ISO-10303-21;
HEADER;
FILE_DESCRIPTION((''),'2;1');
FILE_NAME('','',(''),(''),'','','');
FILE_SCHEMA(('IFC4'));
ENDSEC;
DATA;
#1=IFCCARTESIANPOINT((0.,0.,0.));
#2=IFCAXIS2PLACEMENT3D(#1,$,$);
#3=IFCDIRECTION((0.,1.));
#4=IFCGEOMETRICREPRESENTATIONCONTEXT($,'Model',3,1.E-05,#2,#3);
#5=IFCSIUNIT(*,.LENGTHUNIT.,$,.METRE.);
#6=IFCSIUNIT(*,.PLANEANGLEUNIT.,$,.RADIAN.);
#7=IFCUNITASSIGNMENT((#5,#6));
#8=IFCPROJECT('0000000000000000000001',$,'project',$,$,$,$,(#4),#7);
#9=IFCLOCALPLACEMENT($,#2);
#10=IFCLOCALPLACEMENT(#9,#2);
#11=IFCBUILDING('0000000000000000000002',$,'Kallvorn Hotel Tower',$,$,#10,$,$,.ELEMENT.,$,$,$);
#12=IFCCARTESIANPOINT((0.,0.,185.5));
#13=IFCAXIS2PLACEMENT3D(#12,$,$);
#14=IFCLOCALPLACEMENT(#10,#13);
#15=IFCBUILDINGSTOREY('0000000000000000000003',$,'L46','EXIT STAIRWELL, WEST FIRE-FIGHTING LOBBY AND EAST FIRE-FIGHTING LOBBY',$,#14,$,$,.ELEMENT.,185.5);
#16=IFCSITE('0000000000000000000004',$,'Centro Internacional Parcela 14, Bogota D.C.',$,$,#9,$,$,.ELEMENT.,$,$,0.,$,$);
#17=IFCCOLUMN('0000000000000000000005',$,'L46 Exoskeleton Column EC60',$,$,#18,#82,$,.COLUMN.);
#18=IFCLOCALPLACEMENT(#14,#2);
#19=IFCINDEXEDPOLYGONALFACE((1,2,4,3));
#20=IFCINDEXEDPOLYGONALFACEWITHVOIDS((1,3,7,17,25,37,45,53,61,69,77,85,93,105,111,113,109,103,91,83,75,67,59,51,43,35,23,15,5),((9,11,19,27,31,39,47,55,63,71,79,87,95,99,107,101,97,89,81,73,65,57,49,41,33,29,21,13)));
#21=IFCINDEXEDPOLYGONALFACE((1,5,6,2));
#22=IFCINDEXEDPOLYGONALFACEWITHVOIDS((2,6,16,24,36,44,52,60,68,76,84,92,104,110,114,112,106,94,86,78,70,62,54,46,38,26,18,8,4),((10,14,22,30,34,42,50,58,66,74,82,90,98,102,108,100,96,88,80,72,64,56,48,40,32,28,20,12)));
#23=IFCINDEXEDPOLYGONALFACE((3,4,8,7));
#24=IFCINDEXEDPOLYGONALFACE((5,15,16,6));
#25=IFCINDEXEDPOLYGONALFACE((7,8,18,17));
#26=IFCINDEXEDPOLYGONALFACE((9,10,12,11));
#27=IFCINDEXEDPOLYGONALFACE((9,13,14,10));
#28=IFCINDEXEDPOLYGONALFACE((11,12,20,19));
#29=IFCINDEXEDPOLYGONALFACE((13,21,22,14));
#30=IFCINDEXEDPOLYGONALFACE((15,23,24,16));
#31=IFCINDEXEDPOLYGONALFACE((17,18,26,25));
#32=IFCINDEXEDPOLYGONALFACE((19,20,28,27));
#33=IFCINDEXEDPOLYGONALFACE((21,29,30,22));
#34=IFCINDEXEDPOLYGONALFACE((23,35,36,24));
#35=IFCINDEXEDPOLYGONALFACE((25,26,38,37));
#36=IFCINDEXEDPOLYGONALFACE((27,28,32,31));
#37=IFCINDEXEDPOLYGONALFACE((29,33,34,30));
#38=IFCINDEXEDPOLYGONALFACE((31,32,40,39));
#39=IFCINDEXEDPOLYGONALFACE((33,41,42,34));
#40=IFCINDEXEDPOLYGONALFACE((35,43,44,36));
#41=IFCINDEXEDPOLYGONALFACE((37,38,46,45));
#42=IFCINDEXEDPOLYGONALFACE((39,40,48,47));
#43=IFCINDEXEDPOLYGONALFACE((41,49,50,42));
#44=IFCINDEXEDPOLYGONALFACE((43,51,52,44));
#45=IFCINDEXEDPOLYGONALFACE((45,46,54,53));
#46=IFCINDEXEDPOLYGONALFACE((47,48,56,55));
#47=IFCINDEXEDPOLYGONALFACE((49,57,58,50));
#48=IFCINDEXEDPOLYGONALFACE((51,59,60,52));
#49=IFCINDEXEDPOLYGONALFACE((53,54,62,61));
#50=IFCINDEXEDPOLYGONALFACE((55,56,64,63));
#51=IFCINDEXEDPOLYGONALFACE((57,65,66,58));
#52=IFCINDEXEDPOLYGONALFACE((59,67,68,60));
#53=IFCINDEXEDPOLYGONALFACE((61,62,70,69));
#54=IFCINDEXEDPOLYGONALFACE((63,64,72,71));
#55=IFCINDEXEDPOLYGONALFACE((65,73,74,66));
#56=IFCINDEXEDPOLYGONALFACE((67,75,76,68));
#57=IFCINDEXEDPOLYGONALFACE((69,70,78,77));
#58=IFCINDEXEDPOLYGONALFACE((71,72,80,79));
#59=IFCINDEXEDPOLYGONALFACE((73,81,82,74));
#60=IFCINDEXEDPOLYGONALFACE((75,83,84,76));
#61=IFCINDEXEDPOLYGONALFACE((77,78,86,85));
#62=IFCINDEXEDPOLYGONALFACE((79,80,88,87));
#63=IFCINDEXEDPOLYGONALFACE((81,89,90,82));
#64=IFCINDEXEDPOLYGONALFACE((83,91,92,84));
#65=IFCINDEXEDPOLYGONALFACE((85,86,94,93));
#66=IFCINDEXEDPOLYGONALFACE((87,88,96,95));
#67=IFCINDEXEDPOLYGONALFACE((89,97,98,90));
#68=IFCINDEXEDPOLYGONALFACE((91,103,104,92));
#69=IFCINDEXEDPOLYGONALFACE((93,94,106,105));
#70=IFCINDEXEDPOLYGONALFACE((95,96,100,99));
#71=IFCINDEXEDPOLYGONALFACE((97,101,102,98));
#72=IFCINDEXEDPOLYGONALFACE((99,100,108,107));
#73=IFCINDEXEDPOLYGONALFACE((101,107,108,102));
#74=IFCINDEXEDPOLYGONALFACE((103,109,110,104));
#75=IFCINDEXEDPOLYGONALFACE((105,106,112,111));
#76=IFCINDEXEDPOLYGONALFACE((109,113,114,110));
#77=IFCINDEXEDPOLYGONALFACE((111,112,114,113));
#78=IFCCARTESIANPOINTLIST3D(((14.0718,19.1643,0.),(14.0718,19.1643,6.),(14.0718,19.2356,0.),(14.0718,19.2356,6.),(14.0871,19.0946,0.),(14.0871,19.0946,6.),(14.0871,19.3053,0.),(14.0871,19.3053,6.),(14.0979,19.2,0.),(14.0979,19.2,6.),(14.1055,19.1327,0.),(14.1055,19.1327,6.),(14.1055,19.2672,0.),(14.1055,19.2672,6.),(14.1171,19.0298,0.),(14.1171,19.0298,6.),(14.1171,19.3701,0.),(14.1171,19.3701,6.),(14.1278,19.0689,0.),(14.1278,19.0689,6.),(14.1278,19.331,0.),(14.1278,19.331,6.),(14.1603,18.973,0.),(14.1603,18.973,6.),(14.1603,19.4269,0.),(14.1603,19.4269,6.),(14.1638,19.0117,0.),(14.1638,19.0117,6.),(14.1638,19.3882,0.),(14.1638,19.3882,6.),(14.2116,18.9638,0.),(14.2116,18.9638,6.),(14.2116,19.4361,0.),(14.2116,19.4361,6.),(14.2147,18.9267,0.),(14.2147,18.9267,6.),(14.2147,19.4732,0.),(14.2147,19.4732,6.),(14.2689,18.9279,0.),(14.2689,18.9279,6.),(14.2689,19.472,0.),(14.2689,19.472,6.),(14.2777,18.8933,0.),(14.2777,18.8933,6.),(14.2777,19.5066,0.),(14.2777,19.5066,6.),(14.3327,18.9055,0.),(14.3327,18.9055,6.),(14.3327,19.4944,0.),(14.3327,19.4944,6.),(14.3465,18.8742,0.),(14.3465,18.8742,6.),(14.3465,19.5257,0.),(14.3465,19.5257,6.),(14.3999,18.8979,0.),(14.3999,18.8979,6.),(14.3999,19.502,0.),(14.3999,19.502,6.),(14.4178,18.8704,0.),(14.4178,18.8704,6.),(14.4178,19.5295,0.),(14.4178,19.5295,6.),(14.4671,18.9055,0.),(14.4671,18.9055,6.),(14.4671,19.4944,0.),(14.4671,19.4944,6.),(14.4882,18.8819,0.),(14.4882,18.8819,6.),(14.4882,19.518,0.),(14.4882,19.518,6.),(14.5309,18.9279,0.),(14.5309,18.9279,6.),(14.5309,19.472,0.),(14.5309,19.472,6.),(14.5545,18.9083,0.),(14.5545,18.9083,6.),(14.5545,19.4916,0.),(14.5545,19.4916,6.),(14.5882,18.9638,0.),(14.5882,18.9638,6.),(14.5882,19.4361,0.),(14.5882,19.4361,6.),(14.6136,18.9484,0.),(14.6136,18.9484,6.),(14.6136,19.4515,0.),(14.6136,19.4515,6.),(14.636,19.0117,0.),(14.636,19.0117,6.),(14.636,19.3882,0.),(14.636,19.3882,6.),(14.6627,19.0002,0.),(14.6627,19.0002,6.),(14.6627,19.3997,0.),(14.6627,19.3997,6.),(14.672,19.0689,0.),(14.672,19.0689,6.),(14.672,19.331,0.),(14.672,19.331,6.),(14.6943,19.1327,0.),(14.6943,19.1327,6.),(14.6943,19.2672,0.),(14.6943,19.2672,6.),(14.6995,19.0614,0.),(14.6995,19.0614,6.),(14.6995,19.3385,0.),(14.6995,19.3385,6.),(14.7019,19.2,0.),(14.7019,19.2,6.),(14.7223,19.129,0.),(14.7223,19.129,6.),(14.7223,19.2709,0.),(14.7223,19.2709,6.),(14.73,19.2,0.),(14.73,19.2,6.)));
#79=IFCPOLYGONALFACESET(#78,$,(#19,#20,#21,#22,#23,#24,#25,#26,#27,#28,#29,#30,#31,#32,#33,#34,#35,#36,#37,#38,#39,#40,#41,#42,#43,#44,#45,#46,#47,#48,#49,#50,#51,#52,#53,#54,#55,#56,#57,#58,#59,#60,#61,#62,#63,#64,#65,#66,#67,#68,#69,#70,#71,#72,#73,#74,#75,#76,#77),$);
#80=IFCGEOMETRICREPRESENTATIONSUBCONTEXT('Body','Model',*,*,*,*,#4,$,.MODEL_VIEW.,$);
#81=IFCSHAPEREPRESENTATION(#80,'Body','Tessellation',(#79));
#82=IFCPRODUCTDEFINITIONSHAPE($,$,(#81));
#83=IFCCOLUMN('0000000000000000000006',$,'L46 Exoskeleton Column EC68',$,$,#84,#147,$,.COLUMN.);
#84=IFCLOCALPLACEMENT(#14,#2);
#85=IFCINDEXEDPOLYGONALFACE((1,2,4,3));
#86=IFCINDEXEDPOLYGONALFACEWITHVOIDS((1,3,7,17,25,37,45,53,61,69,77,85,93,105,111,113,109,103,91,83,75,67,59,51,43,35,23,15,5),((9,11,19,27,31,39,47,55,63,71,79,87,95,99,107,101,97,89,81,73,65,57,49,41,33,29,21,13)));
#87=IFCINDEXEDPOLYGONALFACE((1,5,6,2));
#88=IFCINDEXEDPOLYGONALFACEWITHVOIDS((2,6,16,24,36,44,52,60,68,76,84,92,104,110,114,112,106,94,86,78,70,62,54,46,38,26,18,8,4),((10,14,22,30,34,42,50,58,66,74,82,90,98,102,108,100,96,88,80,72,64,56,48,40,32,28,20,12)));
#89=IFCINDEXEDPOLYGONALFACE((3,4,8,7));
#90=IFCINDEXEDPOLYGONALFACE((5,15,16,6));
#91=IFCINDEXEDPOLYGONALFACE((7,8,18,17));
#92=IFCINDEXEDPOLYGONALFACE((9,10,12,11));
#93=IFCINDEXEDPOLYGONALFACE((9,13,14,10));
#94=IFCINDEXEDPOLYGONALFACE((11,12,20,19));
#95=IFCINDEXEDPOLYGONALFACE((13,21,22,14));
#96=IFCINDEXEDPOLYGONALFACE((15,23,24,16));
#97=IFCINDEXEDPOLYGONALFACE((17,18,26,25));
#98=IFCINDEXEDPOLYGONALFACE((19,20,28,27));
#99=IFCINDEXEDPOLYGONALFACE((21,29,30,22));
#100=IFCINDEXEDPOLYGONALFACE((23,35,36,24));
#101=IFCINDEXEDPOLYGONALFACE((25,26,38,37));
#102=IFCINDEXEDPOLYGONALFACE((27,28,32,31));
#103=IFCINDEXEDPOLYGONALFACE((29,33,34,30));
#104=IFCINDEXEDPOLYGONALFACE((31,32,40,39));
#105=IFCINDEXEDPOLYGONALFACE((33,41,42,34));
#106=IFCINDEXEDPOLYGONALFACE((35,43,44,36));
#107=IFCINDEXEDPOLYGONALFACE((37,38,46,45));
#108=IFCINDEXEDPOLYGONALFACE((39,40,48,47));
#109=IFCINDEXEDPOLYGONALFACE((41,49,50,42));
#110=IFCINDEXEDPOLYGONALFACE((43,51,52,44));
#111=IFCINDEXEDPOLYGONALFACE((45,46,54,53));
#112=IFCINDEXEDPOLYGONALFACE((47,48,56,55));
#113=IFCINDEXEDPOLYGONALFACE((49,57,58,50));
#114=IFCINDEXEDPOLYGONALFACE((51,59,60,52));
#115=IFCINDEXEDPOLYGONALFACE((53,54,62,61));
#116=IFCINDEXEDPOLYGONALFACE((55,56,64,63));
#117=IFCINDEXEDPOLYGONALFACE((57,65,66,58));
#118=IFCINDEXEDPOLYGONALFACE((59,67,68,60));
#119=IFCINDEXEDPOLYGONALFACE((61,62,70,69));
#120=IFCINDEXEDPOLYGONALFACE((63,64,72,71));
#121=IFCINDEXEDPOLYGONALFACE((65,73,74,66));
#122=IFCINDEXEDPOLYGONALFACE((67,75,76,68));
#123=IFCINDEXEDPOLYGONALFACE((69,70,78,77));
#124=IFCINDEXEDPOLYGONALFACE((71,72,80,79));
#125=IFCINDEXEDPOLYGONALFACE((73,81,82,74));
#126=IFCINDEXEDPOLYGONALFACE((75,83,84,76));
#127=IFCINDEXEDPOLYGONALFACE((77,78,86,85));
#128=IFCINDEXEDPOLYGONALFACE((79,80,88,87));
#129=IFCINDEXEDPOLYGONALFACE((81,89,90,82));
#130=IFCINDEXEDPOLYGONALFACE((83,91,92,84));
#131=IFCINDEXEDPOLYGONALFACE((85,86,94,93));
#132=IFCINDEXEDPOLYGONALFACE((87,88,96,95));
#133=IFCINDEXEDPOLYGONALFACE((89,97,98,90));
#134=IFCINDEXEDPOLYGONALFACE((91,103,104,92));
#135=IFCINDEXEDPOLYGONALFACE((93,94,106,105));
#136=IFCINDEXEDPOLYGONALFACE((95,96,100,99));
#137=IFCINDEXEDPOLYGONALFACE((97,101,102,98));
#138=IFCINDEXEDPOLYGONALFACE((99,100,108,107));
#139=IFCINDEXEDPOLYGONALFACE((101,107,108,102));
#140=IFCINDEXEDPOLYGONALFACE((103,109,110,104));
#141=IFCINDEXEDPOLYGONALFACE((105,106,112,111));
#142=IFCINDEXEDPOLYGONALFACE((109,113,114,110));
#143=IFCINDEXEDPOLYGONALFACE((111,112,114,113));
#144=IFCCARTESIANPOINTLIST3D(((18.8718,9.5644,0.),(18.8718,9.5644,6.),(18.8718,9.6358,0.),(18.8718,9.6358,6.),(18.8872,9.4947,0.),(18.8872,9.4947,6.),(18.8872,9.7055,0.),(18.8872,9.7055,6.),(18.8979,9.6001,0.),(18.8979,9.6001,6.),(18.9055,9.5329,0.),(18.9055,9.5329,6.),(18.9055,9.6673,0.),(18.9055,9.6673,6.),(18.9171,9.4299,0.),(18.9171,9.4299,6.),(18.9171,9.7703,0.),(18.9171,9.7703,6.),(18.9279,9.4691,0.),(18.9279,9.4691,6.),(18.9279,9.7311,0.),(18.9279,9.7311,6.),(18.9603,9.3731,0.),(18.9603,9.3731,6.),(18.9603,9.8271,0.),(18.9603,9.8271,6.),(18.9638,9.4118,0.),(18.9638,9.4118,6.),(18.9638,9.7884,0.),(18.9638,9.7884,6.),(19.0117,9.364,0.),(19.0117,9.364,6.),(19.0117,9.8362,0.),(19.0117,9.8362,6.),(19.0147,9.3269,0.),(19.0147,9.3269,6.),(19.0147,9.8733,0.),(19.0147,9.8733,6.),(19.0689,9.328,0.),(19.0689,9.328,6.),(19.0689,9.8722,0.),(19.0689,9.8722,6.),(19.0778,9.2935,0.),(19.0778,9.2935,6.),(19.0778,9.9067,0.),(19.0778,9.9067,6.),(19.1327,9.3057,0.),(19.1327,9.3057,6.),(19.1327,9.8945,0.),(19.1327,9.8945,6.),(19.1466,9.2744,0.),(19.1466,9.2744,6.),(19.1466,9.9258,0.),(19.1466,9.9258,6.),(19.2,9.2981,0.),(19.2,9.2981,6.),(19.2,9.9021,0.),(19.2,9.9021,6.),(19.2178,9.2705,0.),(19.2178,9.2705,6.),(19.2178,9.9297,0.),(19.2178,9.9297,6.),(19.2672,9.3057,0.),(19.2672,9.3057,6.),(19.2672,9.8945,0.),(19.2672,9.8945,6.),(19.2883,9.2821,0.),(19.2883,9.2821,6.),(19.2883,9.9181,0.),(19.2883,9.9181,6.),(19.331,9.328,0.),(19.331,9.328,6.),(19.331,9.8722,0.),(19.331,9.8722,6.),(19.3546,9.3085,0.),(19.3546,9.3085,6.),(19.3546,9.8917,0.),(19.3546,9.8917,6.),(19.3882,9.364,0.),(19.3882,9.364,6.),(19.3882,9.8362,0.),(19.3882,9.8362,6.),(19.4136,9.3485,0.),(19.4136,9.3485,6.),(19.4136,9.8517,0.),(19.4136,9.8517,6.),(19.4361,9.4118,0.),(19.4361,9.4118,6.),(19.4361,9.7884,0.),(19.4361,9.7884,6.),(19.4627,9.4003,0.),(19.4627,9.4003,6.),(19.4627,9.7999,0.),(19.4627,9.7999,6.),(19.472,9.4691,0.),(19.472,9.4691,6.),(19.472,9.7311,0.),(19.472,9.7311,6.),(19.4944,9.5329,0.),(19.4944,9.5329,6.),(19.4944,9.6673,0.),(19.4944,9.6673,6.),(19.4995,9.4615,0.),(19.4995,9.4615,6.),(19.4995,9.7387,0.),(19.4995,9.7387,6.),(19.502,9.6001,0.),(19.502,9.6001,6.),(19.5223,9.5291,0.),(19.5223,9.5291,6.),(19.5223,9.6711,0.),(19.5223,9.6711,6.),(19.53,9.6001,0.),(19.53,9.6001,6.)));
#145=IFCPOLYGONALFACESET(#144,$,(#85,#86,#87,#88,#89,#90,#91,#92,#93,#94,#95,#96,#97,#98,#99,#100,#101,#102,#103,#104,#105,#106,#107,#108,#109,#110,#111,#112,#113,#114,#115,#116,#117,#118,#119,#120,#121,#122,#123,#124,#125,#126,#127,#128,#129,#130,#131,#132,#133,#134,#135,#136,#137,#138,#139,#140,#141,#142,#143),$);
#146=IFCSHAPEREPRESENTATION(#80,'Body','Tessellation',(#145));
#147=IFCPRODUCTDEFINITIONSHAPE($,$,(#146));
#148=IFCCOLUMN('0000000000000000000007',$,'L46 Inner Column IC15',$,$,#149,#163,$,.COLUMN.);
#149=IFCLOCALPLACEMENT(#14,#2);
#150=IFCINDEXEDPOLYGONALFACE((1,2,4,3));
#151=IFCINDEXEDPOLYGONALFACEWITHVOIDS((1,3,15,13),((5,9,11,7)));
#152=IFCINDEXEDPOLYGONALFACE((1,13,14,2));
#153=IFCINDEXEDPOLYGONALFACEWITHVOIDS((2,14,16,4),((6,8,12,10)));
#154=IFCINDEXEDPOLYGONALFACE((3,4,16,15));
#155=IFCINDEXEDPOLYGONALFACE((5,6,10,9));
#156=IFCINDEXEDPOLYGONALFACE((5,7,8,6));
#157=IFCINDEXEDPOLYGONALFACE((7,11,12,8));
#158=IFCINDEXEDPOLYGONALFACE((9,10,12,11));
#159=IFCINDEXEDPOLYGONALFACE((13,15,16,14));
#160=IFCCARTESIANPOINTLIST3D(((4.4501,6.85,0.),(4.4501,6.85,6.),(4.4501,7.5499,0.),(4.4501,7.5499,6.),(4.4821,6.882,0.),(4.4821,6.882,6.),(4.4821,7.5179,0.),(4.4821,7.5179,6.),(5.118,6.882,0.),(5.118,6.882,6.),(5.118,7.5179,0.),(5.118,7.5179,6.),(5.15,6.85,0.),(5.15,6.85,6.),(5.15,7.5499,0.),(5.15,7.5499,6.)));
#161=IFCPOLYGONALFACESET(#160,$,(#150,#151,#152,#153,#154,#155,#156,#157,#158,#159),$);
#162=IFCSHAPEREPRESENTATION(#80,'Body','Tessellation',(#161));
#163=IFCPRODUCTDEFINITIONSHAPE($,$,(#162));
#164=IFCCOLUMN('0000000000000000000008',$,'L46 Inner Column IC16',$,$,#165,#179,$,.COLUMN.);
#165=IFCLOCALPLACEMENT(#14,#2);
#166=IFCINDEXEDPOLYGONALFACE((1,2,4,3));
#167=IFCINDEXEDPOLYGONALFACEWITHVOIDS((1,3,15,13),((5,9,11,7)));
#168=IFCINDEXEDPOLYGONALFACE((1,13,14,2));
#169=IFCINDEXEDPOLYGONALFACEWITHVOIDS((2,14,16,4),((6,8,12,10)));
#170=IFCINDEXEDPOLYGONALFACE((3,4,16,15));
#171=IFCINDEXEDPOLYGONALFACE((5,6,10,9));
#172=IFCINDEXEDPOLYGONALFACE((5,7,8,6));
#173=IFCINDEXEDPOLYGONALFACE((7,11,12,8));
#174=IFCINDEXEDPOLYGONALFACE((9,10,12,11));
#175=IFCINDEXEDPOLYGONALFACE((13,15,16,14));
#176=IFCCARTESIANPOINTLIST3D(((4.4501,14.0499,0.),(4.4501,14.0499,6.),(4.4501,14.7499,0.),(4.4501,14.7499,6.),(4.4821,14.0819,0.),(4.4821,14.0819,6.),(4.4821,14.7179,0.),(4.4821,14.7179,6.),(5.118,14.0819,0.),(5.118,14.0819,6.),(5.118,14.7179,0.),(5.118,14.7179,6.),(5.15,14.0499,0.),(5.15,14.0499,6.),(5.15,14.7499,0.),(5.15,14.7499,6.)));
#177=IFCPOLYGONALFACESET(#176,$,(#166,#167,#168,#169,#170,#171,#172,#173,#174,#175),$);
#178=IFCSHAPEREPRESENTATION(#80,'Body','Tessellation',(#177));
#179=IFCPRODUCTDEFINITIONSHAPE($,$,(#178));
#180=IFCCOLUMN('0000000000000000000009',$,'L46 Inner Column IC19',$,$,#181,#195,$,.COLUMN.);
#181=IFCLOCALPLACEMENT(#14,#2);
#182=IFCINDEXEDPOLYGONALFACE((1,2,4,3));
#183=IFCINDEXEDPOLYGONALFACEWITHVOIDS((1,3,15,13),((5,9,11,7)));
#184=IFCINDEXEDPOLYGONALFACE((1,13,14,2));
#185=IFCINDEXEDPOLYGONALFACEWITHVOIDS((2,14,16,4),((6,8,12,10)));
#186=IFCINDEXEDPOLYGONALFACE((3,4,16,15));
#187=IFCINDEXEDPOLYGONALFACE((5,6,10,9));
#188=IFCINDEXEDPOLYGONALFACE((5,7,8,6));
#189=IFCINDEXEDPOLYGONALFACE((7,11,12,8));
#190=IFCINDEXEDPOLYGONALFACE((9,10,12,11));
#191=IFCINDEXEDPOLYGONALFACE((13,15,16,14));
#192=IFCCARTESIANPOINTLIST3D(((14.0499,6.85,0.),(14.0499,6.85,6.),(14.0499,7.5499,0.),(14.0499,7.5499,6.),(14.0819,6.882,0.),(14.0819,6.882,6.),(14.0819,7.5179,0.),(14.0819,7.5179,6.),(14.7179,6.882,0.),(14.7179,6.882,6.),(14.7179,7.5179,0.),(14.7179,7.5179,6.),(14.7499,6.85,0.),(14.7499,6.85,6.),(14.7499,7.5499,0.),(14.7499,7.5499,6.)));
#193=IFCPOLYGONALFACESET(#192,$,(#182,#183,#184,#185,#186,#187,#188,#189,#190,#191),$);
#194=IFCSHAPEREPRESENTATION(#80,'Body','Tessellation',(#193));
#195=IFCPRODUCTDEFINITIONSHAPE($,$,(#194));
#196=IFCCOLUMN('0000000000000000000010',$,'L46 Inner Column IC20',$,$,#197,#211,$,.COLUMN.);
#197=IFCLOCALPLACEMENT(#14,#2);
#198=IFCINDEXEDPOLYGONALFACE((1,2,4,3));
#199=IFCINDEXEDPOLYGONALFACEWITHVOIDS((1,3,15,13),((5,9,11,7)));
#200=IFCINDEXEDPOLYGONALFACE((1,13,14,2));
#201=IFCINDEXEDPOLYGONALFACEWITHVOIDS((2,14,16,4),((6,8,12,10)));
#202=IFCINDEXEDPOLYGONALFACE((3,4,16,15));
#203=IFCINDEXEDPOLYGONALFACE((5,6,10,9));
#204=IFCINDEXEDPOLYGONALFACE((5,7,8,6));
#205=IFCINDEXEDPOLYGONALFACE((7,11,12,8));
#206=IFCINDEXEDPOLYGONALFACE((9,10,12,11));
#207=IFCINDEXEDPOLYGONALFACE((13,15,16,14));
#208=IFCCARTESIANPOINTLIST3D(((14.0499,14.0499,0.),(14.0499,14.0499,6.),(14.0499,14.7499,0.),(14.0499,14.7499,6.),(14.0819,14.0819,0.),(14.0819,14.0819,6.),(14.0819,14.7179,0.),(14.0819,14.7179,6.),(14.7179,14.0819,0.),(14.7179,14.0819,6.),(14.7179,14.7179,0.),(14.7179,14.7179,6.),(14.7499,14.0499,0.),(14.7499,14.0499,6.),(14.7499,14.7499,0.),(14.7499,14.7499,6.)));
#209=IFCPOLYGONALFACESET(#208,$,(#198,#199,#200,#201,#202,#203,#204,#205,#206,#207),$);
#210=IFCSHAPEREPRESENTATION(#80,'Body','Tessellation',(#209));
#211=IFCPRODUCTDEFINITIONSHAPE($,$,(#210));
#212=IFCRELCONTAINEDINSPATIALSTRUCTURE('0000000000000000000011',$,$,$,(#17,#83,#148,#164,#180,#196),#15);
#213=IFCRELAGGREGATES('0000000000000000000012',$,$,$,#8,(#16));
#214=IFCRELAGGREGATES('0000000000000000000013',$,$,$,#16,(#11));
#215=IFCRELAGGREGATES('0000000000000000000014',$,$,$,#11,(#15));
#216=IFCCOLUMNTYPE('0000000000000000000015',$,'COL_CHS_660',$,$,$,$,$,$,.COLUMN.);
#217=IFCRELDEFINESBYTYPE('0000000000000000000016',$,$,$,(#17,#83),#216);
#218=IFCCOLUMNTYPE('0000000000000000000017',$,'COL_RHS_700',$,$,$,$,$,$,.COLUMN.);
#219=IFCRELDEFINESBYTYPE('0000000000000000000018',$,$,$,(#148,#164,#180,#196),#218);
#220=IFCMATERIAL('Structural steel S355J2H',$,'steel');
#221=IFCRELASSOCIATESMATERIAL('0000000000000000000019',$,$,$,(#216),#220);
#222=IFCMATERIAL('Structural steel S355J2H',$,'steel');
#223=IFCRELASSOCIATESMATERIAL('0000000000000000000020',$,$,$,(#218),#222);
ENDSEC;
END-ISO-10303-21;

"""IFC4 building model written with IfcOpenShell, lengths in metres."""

from ifc_helpers import new_model, si_unit, direction, frame, origin, origin_2d, place, context, subcontext, project, spatial, hollow_rectangle, hollow_circle, extrude, material, material_profile, profile_set, type_object, element, save


model = new_model("IFC4")

# Units and contexts
model_context = context("Model", 3, precision=1e-05, world=origin(), true_north=direction((0.0, 1.0)))
body_context = subcontext(model_context, "Body", "Model", "MODEL_VIEW")
ifc_project = project(units=[si_unit("LENGTHUNIT", "METRE"), si_unit("PLANEANGLEUNIT", "RADIAN")], contexts=[model_context])

# Site, building, storey
site_placement = place(None, origin())
site = spatial("IfcSite", under=ifc_project, at=site_placement, Name="Centro Internacional Parcela 14, Bogota D.C.", CompositionType="ELEMENT", RefElevation=0.0)
building_placement = place(site_placement, origin())
building = spatial("IfcBuilding", under=site, at=building_placement, Name="Kallvorn Hotel Tower", CompositionType="ELEMENT")
storey_placement = place(building_placement, frame((0.0, 0.0, 185.5)))
storey = spatial("IfcBuildingStorey", under=building, at=storey_placement, Name="L46", Description="EXIT STAIRWELL, WEST FIRE-FIGHTING LOBBY AND EAST FIRE-FIGHTING LOBBY", CompositionType="ELEMENT", Elevation=185.5)

# Columns
ifc_material_1 = material(Name="Structural steel S355J2H", Category="steel")
ifc_material_profile_1 = material_profile(ifc_material_1, hollow_circle(Radius=0.3301, WallThickness=0.0281, at=origin_2d()), Name="CHS 660x28")
ifc_profile_set_1 = profile_set([ifc_material_profile_1], Name="Structural steel S355J2H")
column_type_1 = type_object("IfcColumnType", Name="COL_CHS_660", PredefinedType="COLUMN", material=ifc_profile_set_1)
for number, where, z_axis, x_axis, name in (
    (1, (14.3999, 19.2, 0.0), (0.0, 0.0, 1.0), (1.0, 0.0, 0.0), "L46 Exoskeleton Column EC60"),
    (2, (19.2, 9.6001, 0.0), (0.0, 0.0, 1.0), (1.0, 0.0, 0.0), "L46 Exoskeleton Column EC68"),
):
    element("IfcColumn", number, at=place(storey_placement, frame(where, z_axis=z_axis, x_axis=x_axis)), inside=storey, type_object=column_type_1, Name=name, PredefinedType="COLUMN", context=body_context, shape_type="SweptSolid", body=[
        extrude(hollow_circle(Radius=0.3301, WallThickness=0.0281, at=origin_2d()), origin(), (0.0, 0.0, 1.0), 6.0),
    ])
ifc_material_2 = material(Name="Structural steel S355J2H", Category="steel")
ifc_material_profile_2 = material_profile(ifc_material_2, hollow_rectangle(XDim=0.7, YDim=0.7, WallThickness=0.032, at=origin_2d()), Name="RHS 700x700x32")
ifc_profile_set_2 = profile_set([ifc_material_profile_2], Name="Structural steel S355J2H")
column_type_2 = type_object("IfcColumnType", Name="COL_RHS_700", PredefinedType="COLUMN", material=ifc_profile_set_2)
for number, where, z_axis, x_axis, name in (
    (3, (4.8, 7.2, 0.0), (0.0, 0.0, 1.0), (1.0, 0.0, 0.0), "L46 Inner Column IC15"),
    (4, (4.8, 14.3999, 0.0), (0.0, 0.0, 1.0), (1.0, 0.0, 0.0), "L46 Inner Column IC16"),
    (5, (14.3999, 7.2, 0.0), (0.0, 0.0, 1.0), (1.0, 0.0, 0.0), "L46 Inner Column IC19"),
    (6, (14.3999, 14.3999, 0.0), (0.0, 0.0, 1.0), (1.0, 0.0, 0.0), "L46 Inner Column IC20"),
):
    element("IfcColumn", number, at=place(storey_placement, frame(where, z_axis=z_axis, x_axis=x_axis)), inside=storey, type_object=column_type_2, Name=name, PredefinedType="COLUMN", context=body_context, shape_type="SweptSolid", body=[
        extrude(hollow_rectangle(XDim=0.7, YDim=0.7, WallThickness=0.032, at=origin_2d()), origin(), (0.0, 0.0, 1.0), 6.0),
    ])

save(model, "model.ifc")
